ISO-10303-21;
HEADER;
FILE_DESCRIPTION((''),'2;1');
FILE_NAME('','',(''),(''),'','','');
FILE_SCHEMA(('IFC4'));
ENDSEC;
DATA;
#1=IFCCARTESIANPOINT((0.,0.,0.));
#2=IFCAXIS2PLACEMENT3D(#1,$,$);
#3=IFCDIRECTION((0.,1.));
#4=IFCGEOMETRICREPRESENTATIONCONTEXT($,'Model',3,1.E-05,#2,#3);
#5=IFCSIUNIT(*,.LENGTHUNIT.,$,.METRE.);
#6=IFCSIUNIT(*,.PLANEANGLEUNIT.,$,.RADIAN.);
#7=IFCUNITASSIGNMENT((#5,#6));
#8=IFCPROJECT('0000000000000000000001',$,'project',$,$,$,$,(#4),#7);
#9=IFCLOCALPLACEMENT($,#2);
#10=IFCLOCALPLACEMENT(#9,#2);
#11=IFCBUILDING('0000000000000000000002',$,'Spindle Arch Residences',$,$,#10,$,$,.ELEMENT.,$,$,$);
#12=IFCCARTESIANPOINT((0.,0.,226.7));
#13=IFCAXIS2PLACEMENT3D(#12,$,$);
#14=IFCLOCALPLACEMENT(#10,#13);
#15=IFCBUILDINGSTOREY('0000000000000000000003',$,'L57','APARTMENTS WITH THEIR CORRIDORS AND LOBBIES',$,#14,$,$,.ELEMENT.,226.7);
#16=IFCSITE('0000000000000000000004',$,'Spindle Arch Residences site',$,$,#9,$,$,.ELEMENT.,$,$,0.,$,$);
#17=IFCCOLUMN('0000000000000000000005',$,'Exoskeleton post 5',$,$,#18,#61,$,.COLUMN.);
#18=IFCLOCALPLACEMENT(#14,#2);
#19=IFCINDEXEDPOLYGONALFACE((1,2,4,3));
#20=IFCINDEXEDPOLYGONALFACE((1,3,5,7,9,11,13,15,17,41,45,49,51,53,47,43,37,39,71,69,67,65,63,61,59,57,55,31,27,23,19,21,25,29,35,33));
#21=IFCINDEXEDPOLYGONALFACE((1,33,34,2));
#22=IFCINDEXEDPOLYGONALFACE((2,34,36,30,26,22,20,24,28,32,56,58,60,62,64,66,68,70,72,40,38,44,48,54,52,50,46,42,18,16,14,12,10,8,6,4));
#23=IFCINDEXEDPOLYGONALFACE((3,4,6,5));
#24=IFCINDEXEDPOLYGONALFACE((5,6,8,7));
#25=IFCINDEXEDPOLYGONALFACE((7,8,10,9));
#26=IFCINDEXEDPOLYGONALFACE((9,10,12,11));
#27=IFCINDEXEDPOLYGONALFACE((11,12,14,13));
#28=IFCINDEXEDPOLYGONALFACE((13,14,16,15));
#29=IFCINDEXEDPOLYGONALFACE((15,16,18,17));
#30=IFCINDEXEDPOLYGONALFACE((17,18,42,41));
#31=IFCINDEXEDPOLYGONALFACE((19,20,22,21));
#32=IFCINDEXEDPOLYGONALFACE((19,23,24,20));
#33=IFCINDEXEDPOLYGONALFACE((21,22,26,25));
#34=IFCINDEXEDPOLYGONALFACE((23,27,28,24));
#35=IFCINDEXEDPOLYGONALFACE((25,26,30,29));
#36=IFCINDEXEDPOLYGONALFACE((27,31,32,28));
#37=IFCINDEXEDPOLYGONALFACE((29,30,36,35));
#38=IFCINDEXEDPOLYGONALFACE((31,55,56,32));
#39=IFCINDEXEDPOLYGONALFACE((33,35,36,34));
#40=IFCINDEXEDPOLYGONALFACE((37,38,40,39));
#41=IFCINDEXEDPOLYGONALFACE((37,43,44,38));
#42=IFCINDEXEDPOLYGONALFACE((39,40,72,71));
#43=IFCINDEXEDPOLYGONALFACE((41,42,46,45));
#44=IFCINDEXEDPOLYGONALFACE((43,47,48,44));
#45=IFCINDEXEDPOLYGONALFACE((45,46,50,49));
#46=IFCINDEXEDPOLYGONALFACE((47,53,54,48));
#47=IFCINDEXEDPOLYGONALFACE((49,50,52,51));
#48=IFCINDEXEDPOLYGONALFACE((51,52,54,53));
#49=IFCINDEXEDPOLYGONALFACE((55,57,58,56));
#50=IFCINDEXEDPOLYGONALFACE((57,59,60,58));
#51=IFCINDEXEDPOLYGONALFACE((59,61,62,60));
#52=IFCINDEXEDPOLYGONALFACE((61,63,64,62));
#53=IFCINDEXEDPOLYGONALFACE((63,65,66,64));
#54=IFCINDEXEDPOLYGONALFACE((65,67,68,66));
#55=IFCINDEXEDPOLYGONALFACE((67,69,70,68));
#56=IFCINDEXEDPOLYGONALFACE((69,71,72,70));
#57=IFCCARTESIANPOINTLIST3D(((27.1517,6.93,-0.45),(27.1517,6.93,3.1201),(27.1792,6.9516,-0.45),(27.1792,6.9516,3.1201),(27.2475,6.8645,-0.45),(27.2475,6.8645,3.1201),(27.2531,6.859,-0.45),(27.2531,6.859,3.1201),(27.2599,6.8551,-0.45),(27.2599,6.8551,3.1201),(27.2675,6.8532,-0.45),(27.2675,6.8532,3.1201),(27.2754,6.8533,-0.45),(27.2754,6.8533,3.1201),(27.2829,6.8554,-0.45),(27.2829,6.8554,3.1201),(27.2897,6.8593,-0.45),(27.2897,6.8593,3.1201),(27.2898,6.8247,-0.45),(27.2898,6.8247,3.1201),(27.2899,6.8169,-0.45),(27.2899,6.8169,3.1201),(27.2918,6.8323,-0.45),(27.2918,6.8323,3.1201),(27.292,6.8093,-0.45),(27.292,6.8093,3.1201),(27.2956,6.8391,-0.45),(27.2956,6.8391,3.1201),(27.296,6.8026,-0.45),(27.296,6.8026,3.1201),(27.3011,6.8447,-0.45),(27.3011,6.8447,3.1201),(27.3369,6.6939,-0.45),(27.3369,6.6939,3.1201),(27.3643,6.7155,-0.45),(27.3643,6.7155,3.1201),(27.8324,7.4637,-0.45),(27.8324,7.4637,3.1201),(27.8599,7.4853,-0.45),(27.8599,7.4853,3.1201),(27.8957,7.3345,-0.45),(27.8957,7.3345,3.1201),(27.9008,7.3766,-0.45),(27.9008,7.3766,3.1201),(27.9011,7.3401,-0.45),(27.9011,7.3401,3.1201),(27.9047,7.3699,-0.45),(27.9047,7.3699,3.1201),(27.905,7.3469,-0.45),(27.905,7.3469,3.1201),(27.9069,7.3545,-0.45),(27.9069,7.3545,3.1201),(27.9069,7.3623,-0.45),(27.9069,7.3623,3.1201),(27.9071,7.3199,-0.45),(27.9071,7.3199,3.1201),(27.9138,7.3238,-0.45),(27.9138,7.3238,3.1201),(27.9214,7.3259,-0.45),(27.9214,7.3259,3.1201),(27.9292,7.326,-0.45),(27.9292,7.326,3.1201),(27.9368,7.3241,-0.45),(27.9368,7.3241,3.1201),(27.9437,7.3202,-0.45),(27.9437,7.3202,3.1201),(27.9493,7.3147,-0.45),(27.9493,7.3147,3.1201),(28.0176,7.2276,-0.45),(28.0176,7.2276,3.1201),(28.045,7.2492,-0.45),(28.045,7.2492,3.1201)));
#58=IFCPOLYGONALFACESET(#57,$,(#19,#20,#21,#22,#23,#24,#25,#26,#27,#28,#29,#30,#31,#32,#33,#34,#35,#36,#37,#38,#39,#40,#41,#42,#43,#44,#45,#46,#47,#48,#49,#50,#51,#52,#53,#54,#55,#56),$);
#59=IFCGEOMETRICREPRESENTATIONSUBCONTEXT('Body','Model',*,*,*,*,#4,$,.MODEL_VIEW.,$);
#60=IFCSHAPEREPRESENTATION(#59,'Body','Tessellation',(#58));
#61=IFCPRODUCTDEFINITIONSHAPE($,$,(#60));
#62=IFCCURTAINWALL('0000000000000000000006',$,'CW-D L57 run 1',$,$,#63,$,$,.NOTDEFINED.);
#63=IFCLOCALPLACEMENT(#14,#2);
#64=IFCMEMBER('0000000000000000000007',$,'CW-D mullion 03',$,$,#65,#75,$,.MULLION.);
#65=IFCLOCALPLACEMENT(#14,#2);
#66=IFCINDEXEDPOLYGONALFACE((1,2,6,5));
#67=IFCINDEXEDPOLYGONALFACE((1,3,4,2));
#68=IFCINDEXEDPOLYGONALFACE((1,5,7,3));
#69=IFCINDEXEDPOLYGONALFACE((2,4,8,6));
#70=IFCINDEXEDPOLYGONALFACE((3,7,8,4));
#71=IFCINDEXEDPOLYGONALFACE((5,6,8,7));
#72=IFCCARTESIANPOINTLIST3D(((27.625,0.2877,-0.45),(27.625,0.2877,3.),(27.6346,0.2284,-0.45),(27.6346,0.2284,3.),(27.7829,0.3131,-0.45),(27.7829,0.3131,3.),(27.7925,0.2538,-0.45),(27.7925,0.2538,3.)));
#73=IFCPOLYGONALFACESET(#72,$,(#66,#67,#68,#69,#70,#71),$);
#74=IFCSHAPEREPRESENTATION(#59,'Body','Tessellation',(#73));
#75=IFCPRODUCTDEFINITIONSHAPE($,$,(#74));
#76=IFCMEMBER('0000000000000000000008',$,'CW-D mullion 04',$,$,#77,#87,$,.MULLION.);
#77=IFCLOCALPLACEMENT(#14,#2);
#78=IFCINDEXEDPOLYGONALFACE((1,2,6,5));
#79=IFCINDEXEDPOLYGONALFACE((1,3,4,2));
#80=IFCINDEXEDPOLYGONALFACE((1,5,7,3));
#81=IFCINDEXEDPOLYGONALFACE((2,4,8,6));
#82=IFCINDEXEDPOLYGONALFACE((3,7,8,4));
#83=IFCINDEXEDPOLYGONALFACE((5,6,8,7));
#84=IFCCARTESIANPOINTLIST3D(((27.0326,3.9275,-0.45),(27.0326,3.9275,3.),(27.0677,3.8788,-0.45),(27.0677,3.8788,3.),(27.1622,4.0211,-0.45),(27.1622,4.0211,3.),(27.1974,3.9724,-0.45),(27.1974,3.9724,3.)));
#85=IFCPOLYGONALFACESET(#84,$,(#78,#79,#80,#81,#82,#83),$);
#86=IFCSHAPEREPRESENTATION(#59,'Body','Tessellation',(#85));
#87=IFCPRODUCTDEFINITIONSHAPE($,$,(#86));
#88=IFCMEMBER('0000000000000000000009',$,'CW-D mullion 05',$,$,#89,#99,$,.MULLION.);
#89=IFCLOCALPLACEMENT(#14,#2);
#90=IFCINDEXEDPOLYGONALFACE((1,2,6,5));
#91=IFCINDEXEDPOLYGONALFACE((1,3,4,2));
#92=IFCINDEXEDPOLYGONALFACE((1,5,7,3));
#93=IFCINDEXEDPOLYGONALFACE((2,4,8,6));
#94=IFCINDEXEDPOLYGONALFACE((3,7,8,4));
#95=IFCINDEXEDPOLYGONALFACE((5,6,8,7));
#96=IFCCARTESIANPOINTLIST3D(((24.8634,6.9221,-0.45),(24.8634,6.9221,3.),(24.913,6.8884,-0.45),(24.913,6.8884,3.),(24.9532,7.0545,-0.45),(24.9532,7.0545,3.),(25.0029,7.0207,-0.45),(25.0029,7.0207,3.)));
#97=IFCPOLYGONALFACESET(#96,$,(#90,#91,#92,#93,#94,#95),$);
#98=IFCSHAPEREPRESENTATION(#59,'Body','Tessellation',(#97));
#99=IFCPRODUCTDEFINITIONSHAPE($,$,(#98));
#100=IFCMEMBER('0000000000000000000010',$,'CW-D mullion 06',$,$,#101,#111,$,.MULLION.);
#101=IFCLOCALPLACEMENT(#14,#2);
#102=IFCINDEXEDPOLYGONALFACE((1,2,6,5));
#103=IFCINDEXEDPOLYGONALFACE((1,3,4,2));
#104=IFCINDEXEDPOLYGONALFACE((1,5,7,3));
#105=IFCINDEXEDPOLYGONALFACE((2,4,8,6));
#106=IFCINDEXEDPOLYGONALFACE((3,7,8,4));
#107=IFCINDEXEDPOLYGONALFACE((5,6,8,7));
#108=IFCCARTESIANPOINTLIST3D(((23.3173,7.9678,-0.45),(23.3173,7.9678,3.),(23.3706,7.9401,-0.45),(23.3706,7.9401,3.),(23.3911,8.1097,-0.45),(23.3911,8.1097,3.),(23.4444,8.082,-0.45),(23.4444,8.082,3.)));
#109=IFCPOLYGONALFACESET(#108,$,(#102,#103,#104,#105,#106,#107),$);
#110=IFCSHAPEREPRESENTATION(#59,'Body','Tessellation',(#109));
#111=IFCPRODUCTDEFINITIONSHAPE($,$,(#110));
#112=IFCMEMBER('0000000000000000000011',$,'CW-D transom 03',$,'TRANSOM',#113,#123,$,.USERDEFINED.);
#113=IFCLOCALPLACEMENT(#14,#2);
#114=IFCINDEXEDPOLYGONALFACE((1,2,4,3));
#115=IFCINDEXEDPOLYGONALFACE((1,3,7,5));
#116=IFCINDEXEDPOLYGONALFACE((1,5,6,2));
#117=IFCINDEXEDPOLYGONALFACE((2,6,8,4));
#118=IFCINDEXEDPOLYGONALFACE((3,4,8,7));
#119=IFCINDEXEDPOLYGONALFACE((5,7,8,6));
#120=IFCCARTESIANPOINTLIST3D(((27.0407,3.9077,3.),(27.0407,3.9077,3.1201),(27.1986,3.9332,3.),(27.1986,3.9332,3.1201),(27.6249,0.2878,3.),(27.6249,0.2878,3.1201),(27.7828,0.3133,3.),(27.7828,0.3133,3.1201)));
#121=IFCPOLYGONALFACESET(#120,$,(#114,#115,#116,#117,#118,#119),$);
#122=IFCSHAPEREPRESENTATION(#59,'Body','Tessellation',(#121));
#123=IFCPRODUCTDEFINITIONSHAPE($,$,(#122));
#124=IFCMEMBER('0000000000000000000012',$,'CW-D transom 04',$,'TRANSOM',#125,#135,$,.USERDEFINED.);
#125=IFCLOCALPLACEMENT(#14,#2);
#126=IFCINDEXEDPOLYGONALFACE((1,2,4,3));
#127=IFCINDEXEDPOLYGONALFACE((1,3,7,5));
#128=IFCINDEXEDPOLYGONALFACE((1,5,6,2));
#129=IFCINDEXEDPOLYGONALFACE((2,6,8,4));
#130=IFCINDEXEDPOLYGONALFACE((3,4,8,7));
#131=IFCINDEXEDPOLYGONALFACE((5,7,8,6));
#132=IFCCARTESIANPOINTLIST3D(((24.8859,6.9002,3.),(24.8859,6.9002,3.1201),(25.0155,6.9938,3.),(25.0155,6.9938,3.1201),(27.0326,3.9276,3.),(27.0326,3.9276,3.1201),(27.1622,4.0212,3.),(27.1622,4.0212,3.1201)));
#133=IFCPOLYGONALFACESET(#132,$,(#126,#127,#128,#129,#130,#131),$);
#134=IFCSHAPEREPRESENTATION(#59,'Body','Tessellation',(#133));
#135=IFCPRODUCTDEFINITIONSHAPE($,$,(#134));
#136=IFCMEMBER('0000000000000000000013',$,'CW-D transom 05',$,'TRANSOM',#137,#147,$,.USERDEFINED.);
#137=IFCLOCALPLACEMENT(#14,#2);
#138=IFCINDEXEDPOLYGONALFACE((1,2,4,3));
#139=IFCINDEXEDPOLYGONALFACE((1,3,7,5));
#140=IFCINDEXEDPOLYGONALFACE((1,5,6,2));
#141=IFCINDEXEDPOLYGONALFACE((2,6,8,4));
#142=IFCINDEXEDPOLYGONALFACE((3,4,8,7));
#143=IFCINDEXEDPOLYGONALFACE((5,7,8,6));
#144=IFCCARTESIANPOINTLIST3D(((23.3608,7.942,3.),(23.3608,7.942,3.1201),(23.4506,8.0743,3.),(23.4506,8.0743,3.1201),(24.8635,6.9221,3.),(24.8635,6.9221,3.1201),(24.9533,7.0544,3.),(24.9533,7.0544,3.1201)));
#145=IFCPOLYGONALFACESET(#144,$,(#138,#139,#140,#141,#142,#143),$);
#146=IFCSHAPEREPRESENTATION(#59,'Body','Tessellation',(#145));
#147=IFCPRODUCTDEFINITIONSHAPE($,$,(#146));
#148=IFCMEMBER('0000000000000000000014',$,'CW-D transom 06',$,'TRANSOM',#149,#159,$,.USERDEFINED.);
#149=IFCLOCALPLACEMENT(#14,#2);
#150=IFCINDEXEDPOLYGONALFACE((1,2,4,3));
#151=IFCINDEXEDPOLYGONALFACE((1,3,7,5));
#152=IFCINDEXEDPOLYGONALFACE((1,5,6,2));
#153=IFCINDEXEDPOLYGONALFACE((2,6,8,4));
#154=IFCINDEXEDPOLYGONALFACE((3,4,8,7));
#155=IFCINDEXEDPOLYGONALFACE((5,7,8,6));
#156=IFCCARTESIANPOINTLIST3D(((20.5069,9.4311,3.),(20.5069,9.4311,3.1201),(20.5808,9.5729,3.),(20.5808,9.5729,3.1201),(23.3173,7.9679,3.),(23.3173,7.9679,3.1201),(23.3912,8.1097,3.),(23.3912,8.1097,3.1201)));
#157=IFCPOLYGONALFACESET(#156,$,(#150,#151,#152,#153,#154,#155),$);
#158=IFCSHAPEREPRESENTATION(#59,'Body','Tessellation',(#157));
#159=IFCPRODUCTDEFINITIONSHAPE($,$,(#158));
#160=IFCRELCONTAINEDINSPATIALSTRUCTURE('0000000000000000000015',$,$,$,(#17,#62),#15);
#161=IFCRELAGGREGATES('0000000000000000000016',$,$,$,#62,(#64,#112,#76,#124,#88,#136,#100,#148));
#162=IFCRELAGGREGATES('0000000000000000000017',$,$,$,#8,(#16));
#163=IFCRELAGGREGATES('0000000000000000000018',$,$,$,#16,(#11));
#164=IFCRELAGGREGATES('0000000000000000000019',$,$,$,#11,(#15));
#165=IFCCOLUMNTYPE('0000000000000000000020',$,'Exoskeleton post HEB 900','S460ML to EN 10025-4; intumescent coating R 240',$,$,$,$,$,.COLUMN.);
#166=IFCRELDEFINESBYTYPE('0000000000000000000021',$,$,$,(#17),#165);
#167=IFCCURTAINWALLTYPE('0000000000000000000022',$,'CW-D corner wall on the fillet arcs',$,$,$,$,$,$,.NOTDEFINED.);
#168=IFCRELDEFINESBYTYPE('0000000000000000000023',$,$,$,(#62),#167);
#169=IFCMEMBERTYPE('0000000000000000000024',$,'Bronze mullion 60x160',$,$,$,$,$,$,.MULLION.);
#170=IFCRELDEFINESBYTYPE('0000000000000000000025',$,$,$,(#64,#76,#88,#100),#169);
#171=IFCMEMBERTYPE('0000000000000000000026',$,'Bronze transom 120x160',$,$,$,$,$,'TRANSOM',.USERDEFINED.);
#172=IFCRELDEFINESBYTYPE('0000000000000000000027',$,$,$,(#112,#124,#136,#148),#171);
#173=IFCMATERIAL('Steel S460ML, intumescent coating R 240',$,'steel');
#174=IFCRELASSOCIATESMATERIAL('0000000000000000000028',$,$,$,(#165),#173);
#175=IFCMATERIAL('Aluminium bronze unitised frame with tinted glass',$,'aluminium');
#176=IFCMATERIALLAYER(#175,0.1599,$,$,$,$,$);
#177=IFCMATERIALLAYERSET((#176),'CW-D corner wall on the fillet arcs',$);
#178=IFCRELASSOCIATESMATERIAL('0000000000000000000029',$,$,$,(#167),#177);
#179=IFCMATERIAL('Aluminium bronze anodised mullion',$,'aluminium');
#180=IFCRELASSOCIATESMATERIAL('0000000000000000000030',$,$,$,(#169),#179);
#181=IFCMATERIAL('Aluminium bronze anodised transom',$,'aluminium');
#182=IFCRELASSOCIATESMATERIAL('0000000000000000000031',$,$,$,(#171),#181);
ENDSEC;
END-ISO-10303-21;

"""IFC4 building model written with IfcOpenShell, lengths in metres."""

from ifc_helpers import new_model, si_unit, direction, frame, origin, origin_2d, place, context, subcontext, project, spatial, rectangle, i_section, extrude, material, layer, layer_set, material_profile, profile_set, type_object, element, aggregate, save


model = new_model("IFC4")

# Units and contexts
model_context = context("Model", 3, precision=1e-05, world=origin(), true_north=direction((0.0, 1.0)))
body_context = subcontext(model_context, "Body", "Model", "MODEL_VIEW")
ifc_project = project(units=[si_unit("LENGTHUNIT", "METRE"), si_unit("PLANEANGLEUNIT", "RADIAN")], contexts=[model_context])

# Site, building, storey
site_placement = place(None, origin())
site = spatial("IfcSite", under=ifc_project, at=site_placement, Name="Spindle Arch Residences site", CompositionType="ELEMENT", RefElevation=0.0)
building_placement = place(site_placement, origin())
building = spatial("IfcBuilding", under=site, at=building_placement, Name="Spindle Arch Residences", CompositionType="ELEMENT")
storey_placement = place(building_placement, frame((0.0, 0.0, 226.7)))
storey = spatial("IfcBuildingStorey", under=building, at=storey_placement, Name="L57", Description="APARTMENTS WITH THEIR CORRIDORS AND LOBBIES", CompositionType="ELEMENT", Elevation=226.7)

# Column
ifc_material_1 = material(Name="Steel S460ML, intumescent coating R 240", Category="steel")
ifc_material_profile_1 = material_profile(ifc_material_1, i_section(OverallWidth=0.3, OverallDepth=0.8999, WebThickness=0.0186, FlangeThickness=0.0349, FilletRadius=0.03, at=origin_2d()), Name="HEB 900")
ifc_profile_set_1 = profile_set([ifc_material_profile_1], Name="Steel S460ML, intumescent coating R 240")
column_type = type_object("IfcColumnType", Name="Exoskeleton post HEB 900", Description="S460ML to EN 10025-4; intumescent coating R 240", PredefinedType="COLUMN", material=ifc_profile_set_1)
column_placement = place(storey_placement, frame((27.5984, 7.0896, -0.45), z_axis=(0.0, 0.0, 1.0), x_axis=(0.617002, -0.786962, 0.0)))
element("IfcColumn", 1, at=column_placement, inside=storey, type_object=column_type, Name="Exoskeleton post 5", PredefinedType="COLUMN", context=body_context, shape_type="SweptSolid", body=[
    extrude(i_section(OverallWidth=0.3, OverallDepth=0.8999, WebThickness=0.0186, FlangeThickness=0.0349, FilletRadius=0.03, at=origin_2d()), origin(), (0.0, 0.0, 1.0), 3.5701),
])

# Curtain wall, members
ifc_material_2 = material(Name="Aluminium bronze unitised frame with tinted glass", Category="aluminium")
ifc_layer_1 = layer(ifc_material_2, 0.1599)
ifc_layer_set_1 = layer_set([ifc_layer_1], Name="CW-D corner wall on the fillet arcs")
curtain_wall_type = type_object("IfcCurtainWallType", Name="CW-D corner wall on the fillet arcs", PredefinedType="NOTDEFINED", material=ifc_layer_set_1)
curtain_wall_placement = place(storey_placement, origin())
curtain_wall = element("IfcCurtainWall", 2, at=curtain_wall_placement, inside=storey, type_object=curtain_wall_type, Name="CW-D L57 run 1", PredefinedType="NOTDEFINED")
ifc_material_3 = material(Name="Aluminium bronze anodised mullion", Category="aluminium")
ifc_material_profile_2 = material_profile(ifc_material_3, rectangle(XDim=0.1599, YDim=0.0601, at=origin_2d()), Name="MU 60x160")
ifc_profile_set_2 = profile_set([ifc_material_profile_2], Name="Aluminium bronze anodised mullion")
member_type_1 = type_object("IfcMemberType", Name="Bronze mullion 60x160", PredefinedType="MULLION", material=ifc_profile_set_2)
member_1_placement = place(storey_placement, frame((27.7087, 0.2708, -0.45), z_axis=(0.0, 0.0, 1.0), x_axis=(-0.987229, -0.159307, 0.0)))
member_1 = element("IfcMember", 3, at=member_1_placement, type_object=member_type_1, Name="CW-D mullion 03", PredefinedType="MULLION", context=body_context, shape_type="SweptSolid", body=[
    extrude(rectangle(XDim=0.1599, YDim=0.0601, at=origin_2d()), origin(), (0.0, 0.0, 1.0), 3.45),
])
member_2_placement = place(storey_placement, frame((27.115, 3.95, -0.45), z_axis=(0.0, 0.0, 1.0), x_axis=(-0.810723, -0.585429, 0.0)))
member_2 = element("IfcMember", 4, at=member_2_placement, type_object=member_type_1, Name="CW-D mullion 04", PredefinedType="MULLION", context=body_context, shape_type="SweptSolid", body=[
    extrude(rectangle(XDim=0.1599, YDim=0.0601, at=origin_2d()), origin(), (0.0, 0.0, 1.0), 3.45),
])
member_3_placement = place(storey_placement, frame((24.9331, 6.9714, -0.45), z_axis=(0.0, 0.0, 1.0), x_axis=(-0.561602, -0.827407, 0.0)))
member_3 = element("IfcMember", 5, at=member_3_placement, type_object=member_type_1, Name="CW-D mullion 05", PredefinedType="MULLION", context=body_context, shape_type="SweptSolid", body=[
    extrude(rectangle(XDim=0.1599, YDim=0.0601, at=origin_2d()), origin(), (0.0, 0.0, 1.0), 3.45),
])
member_4_placement = place(storey_placement, frame((23.3809, 8.0249, -0.45), z_axis=(0.0, 0.0, 1.0), x_axis=(-0.461749, -0.887011, 0.0)))
member_4 = element("IfcMember", 6, at=member_4_placement, type_object=member_type_1, Name="CW-D mullion 06", PredefinedType="MULLION", context=body_context, shape_type="SweptSolid", body=[
    extrude(rectangle(XDim=0.1599, YDim=0.0601, at=origin_2d()), origin(), (0.0, 0.0, 1.0), 3.45),
])
ifc_material_4 = material(Name="Aluminium bronze anodised transom", Category="aluminium")
ifc_material_profile_3 = material_profile(ifc_material_4, rectangle(XDim=0.1599, YDim=0.1201, at=origin_2d()), Name="TR 120x160")
ifc_profile_set_3 = profile_set([ifc_material_profile_3], Name="Aluminium bronze anodised transom")
member_type_2 = type_object("IfcMemberType", Name="Bronze transom 120x160", ElementType="TRANSOM", PredefinedType="USERDEFINED", material=ifc_profile_set_3)
member_5_placement = place(storey_placement, frame((27.7039, 0.3005, 3.0601), z_axis=(-0.159333, 0.987225, 0.0), x_axis=(-0.987225, -0.159333, 0.0)))
member_5 = element("IfcMember", 7, at=member_5_placement, type_object=member_type_2, Name="CW-D transom 03", ObjectType="TRANSOM", PredefinedType="USERDEFINED", context=body_context, shape_type="SweptSolid", body=[
    extrude(rectangle(XDim=0.1599, YDim=0.1201, at=origin_2d()), origin(), (0.0, 0.0, 1.0), 3.6667),
])
member_6_placement = place(storey_placement, frame((27.0974, 3.9744, 3.0601), z_axis=(-0.585457, 0.810704, 0.0), x_axis=(-0.810704, -0.585457, 0.0)))
member_6 = element("IfcMember", 8, at=member_6_placement, type_object=member_type_2, Name="CW-D transom 04", ObjectType="TRANSOM", PredefinedType="USERDEFINED", context=body_context, shape_type="SweptSolid", body=[
    extrude(rectangle(XDim=0.1599, YDim=0.1201, at=origin_2d()), origin(), (0.0, 0.0, 1.0), 3.6667),
])
member_7_placement = place(storey_placement, frame((24.9084, 6.9883, 3.0601), z_axis=(-0.827451, 0.561538, 0.0), x_axis=(-0.561538, -0.827451, 0.0)))
member_7 = element("IfcMember", 9, at=member_7_placement, type_object=member_type_2, Name="CW-D transom 05", ObjectType="TRANSOM", PredefinedType="USERDEFINED", context=body_context, shape_type="SweptSolid", body=[
    extrude(rectangle(XDim=0.1599, YDim=0.1201, at=origin_2d()), origin(), (0.0, 0.0, 1.0), 1.8162),
])
member_8_placement = place(storey_placement, frame((23.3542, 8.0388, 3.0601), z_axis=(-0.886987, 0.461794, 0.0), x_axis=(-0.461794, -0.886987, 0.0)))
member_8 = element("IfcMember", 10, at=member_8_placement, type_object=member_type_2, Name="CW-D transom 06", ObjectType="TRANSOM", PredefinedType="USERDEFINED", context=body_context, shape_type="SweptSolid", body=[
    extrude(rectangle(XDim=0.1599, YDim=0.1201, at=origin_2d()), origin(), (0.0, 0.0, 1.0), 3.1685),
])

aggregate(curtain_wall, [member_1, member_5, member_2, member_6, member_3, member_7, member_4, member_8])

save(model, "model.ifc")
